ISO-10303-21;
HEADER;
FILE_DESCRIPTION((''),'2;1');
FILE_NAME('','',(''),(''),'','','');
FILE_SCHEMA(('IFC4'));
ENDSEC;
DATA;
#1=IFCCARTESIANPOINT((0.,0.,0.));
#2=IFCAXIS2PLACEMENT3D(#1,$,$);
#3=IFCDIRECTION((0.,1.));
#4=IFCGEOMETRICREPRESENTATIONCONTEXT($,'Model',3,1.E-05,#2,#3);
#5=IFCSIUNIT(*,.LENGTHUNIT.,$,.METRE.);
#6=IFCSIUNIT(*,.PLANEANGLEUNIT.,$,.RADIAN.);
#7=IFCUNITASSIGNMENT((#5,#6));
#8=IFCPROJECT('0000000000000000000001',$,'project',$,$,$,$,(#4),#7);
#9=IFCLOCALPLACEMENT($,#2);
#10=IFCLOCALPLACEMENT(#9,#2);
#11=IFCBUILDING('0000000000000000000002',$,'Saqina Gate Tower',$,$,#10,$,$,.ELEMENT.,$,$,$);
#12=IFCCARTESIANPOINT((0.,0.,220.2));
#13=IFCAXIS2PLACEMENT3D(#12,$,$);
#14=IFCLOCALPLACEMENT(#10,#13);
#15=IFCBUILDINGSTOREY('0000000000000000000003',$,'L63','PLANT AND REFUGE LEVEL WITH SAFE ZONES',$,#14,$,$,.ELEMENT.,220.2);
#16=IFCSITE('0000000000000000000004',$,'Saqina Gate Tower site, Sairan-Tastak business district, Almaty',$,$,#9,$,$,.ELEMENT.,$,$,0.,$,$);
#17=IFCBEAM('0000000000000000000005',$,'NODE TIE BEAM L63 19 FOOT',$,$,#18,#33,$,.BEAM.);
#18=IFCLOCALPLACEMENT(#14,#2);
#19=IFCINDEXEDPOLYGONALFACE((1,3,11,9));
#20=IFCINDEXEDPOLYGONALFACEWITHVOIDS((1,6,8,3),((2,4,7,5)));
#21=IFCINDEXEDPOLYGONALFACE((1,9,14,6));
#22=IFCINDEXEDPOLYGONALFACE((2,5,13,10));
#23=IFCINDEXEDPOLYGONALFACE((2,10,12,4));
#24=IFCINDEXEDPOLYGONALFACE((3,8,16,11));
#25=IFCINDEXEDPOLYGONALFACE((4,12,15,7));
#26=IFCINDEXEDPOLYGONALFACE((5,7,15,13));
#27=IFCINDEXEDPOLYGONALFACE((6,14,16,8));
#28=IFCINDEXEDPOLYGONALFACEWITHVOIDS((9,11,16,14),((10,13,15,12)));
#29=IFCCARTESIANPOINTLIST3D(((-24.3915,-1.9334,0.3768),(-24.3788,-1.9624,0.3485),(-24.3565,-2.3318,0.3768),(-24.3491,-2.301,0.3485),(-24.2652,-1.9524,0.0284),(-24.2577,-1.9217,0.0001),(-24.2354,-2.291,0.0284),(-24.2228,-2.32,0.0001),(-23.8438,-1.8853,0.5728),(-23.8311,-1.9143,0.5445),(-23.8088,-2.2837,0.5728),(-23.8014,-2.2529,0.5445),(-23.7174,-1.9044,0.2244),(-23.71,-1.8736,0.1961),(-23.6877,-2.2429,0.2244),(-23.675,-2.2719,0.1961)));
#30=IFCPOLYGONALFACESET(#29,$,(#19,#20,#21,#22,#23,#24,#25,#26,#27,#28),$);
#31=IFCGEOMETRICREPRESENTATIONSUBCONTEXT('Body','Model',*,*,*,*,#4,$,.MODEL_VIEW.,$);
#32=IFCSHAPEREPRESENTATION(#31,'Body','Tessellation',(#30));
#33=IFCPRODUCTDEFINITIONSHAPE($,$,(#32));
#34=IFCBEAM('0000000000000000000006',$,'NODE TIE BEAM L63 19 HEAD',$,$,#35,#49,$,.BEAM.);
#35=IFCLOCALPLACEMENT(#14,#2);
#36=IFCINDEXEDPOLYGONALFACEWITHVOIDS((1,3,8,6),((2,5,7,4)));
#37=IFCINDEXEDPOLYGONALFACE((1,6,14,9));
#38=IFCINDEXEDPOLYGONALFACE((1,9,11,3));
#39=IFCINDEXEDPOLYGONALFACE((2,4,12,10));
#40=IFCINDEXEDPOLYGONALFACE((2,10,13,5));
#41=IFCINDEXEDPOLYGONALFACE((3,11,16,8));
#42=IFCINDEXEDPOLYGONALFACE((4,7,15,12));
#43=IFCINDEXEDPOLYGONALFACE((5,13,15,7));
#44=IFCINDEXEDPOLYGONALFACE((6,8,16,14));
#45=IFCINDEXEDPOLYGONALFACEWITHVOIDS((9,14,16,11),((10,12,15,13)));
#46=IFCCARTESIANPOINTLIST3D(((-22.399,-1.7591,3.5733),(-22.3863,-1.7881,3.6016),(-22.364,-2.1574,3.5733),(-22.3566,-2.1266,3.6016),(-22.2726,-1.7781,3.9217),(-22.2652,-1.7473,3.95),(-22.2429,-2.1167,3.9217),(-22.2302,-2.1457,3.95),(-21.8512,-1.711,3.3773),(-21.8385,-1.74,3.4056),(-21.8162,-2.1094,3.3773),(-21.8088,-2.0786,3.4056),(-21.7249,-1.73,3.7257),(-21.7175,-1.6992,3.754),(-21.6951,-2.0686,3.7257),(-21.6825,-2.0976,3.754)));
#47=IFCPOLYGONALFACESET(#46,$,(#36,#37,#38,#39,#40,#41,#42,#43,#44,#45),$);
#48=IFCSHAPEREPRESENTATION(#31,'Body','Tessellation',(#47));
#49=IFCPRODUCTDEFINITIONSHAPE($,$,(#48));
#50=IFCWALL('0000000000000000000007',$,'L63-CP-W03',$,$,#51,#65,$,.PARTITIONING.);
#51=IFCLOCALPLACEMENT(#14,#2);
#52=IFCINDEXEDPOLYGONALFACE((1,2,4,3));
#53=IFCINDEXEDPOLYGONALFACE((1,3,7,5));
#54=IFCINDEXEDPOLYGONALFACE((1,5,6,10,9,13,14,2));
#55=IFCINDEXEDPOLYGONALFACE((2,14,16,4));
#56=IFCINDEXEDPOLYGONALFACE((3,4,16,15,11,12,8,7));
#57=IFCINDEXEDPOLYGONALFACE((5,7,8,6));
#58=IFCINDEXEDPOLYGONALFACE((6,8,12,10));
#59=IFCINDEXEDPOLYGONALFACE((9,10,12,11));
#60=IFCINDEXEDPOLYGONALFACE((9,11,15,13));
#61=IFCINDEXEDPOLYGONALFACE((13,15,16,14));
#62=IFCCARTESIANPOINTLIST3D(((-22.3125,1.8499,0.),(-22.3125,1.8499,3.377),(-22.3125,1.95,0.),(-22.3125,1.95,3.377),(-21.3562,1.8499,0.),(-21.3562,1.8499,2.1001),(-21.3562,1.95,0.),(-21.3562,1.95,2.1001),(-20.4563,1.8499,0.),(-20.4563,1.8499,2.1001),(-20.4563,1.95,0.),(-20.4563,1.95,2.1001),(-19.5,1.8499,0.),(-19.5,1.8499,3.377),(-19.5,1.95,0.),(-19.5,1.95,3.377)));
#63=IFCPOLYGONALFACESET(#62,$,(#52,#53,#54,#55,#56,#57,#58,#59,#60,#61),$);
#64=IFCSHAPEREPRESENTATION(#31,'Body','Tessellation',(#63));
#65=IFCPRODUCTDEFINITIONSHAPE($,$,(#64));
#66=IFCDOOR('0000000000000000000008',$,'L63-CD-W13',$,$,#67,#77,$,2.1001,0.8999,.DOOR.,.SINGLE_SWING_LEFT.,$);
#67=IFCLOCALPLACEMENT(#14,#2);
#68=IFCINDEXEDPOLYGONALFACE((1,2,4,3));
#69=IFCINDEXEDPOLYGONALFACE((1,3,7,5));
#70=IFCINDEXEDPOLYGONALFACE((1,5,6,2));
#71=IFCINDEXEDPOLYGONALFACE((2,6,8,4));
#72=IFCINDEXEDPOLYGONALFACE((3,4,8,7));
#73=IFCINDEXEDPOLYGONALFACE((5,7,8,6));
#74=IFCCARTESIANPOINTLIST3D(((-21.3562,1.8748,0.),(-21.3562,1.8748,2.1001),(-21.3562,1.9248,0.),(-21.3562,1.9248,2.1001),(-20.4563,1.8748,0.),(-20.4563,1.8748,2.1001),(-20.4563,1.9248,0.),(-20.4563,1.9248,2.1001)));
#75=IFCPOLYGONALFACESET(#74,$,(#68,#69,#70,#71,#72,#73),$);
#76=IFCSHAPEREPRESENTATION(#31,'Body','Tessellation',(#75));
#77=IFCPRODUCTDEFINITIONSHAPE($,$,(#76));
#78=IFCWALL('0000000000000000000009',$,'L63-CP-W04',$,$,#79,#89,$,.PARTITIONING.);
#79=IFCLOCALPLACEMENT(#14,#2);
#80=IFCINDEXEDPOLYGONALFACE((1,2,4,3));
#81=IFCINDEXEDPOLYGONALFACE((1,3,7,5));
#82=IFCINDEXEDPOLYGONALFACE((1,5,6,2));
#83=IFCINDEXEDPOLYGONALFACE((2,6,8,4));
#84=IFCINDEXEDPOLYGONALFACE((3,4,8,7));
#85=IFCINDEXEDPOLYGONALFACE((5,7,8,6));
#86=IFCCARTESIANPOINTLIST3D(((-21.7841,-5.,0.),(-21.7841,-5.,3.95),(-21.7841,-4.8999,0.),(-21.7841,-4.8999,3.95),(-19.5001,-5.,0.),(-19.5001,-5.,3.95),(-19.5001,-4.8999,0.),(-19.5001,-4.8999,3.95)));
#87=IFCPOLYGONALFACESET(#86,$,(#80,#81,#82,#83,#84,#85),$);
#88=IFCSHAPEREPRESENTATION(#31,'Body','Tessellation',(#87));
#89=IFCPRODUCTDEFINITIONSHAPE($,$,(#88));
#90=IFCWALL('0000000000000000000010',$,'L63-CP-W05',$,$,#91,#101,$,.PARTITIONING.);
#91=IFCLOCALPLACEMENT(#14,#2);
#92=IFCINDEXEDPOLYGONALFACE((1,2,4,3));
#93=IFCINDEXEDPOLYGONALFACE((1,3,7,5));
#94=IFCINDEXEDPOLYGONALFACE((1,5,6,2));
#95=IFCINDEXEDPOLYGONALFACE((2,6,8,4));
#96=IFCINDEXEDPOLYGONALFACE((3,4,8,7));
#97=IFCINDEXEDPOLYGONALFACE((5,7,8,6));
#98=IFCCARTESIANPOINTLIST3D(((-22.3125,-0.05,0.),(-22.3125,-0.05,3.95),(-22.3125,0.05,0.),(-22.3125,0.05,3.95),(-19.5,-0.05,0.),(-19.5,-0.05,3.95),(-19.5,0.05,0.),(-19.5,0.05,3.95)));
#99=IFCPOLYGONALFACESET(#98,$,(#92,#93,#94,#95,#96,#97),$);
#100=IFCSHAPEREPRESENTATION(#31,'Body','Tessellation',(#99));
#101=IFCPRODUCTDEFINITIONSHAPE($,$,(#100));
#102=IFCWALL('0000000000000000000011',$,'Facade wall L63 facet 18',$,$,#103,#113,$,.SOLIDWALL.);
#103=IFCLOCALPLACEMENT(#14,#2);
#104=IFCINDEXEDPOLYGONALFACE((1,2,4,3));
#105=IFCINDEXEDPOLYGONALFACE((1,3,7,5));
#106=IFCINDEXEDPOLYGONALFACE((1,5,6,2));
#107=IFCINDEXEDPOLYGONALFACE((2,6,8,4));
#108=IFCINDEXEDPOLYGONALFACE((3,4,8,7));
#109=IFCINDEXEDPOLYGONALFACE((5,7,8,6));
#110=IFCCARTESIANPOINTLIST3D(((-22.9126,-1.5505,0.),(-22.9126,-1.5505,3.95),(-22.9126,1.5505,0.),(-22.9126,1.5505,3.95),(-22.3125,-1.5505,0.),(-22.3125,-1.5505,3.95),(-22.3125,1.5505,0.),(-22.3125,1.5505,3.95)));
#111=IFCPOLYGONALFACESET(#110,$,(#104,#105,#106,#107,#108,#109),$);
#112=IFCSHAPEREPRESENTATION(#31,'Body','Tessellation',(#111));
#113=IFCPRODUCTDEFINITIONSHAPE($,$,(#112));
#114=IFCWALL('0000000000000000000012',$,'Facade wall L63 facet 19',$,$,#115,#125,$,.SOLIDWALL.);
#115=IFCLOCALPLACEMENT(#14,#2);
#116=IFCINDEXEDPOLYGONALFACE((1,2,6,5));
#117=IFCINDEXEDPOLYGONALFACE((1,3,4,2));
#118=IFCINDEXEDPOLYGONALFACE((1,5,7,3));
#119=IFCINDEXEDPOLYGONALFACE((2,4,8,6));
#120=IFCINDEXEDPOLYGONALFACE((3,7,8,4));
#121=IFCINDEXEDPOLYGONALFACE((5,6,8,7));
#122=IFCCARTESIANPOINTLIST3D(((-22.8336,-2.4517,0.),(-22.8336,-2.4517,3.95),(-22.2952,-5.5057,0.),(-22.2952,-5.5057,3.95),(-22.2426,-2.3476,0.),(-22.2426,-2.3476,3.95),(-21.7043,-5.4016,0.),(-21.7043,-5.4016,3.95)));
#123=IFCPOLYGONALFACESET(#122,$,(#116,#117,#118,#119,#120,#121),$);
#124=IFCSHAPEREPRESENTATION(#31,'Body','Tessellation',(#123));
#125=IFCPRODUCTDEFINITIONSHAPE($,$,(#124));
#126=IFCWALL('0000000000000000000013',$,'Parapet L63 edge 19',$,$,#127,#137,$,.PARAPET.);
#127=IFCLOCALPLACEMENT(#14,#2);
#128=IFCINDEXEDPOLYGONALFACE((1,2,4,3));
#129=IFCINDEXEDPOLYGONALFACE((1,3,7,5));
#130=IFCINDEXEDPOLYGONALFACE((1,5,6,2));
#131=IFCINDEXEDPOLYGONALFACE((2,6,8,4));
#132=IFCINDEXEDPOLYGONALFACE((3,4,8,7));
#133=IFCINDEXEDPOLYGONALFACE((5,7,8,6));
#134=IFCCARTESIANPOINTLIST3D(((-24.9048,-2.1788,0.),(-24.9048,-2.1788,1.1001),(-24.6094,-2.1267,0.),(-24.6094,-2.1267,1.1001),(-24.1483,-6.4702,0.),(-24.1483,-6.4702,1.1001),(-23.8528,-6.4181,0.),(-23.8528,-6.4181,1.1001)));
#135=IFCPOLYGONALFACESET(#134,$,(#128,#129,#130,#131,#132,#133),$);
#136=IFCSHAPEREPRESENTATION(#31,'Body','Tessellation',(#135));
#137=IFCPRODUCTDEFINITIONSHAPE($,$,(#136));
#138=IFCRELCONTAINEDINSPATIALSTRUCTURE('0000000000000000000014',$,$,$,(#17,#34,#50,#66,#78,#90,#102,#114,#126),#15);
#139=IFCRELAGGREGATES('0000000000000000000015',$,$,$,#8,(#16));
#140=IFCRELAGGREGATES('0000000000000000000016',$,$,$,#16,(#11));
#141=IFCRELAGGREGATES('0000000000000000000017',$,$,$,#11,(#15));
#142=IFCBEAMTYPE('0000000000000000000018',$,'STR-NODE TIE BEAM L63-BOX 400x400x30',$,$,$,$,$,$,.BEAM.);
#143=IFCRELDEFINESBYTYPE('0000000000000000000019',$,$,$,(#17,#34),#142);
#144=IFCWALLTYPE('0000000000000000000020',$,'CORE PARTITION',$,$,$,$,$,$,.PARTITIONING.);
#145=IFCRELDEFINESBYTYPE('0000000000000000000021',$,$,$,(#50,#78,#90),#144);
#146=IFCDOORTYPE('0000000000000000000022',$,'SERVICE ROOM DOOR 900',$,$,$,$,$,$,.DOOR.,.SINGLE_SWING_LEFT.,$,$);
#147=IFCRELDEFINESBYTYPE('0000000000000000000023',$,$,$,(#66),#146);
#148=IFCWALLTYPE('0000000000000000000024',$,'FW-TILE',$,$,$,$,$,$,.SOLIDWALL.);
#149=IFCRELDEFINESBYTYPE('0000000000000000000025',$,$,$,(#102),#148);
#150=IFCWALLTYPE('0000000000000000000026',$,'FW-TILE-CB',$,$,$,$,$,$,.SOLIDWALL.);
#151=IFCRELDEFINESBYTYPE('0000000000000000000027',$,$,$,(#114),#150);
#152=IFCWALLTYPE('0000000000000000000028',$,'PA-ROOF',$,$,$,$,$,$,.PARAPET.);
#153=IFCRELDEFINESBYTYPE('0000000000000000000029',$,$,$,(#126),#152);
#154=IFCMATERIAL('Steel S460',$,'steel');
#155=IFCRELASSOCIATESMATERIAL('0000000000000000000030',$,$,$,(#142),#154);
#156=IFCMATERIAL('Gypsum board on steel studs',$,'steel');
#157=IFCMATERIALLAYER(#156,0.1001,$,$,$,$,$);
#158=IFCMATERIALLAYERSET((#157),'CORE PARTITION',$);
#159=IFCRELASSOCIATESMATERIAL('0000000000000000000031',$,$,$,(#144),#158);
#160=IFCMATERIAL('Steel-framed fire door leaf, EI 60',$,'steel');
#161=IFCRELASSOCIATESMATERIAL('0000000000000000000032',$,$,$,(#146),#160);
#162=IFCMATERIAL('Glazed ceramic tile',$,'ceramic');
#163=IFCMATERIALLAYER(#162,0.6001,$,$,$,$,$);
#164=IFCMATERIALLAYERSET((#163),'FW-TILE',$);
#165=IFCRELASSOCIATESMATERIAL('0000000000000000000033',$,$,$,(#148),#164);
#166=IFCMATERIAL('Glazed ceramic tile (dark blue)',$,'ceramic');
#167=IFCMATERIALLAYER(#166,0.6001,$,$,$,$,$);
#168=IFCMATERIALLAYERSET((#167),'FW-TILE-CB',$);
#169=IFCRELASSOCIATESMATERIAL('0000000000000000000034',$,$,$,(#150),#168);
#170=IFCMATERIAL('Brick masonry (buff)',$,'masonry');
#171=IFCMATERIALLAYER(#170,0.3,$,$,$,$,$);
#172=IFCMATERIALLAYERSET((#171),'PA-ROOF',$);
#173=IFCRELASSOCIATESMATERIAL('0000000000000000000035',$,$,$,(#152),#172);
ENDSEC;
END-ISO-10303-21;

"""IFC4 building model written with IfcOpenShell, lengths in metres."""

from ifc_helpers import new_model, si_unit, direction, frame, frame_2d, origin, origin_2d, place, context, subcontext, project, spatial, rectangle, hollow_rectangle, extrude, material, layer, layer_set, material_profile, profile_set, type_object, element, fill, save


model = new_model("IFC4")

# Units and contexts
model_context = context("Model", 3, precision=1e-05, world=origin(), true_north=direction((0.0, 1.0)))
body_context = subcontext(model_context, "Body", "Model", "MODEL_VIEW")
ifc_project = project(units=[si_unit("LENGTHUNIT", "METRE"), si_unit("PLANEANGLEUNIT", "RADIAN")], contexts=[model_context])

# Site, building, storey
site_placement = place(None, origin())
site = spatial("IfcSite", under=ifc_project, at=site_placement, Name="Saqina Gate Tower site, Sairan-Tastak business district, Almaty", CompositionType="ELEMENT", RefElevation=0.0)
building_placement = place(site_placement, origin())
building = spatial("IfcBuilding", under=site, at=building_placement, Name="Saqina Gate Tower", CompositionType="ELEMENT")
storey_placement = place(building_placement, frame((0.0, 0.0, 220.2)))
storey = spatial("IfcBuildingStorey", under=building, at=storey_placement, Name="L63", Description="PLANT AND REFUGE LEVEL WITH SAFE ZONES", CompositionType="ELEMENT", Elevation=220.2)

# Beams
ifc_material_1 = material(Name="Steel S460", Category="steel")
ifc_material_profile_1 = material_profile(ifc_material_1, hollow_rectangle(XDim=0.3999, YDim=0.3999, WallThickness=0.03, at=origin_2d()), Name="BOX 400x400x30")
ifc_profile_set_1 = profile_set([ifc_material_profile_1], Name="Steel S460")
beam_type = type_object("IfcBeamType", Name="STR-NODE TIE BEAM L63-BOX 400x400x30", PredefinedType="BEAM", material=ifc_profile_set_1)
for number, where, z_axis, x_axis, name in (
    (1, (-24.3071, -2.1267, 0.1885), (0.938333, 0.082376, 0.335776), (-0.087453, 0.996169, 0.0), "NODE TIE BEAM L63 19 FOOT"),
    (2, (-21.7668, -1.9043, 3.5657), (-0.938333, -0.082376, 0.335776), (0.087453, -0.996169, 0.0), "NODE TIE BEAM L63 19 HEAD"),
):
    element("IfcBeam", number, at=place(storey_placement, frame(where, z_axis=z_axis, x_axis=x_axis)), inside=storey, type_object=beam_type, Name=name, PredefinedType="BEAM", context=body_context, shape_type="SweptSolid", body=[
        extrude(hollow_rectangle(XDim=0.3999, YDim=0.3999, WallThickness=0.03, at=origin_2d()), origin(), (0.0, 0.0, 1.0), 0.5837),
    ])

# Wall, opening, door
ifc_material_2 = material(Name="Gypsum board on steel studs", Category="steel")
ifc_layer_1 = layer(ifc_material_2, 0.1001)
ifc_layer_set_1 = layer_set([ifc_layer_1], Name="CORE PARTITION")
wall_type_1 = type_object("IfcWallType", Name="CORE PARTITION", PredefinedType="PARTITIONING", material=ifc_layer_set_1)
wall_1_placement = place(storey_placement, frame((-19.5, 1.8999, 0.0), z_axis=(0.0, 0.0, 1.0), x_axis=(-1.0, 0.0, 0.0)))
wall_1 = element("IfcWall", 3, at=wall_1_placement, inside=storey, type_object=wall_type_1, Name="L63-CP-W03", PredefinedType="PARTITIONING", context=body_context, shape_type="SweptSolid", body=[
    extrude(rectangle(XDim=2.8125, YDim=0.1001, at=frame_2d((1.4062, 0.0))), origin(), (0.0, 0.0, 1.0), 3.377),
])
opening_placement = place(wall_1_placement, frame((0.9563, 0.0, 0.0)))
opening = element("IfcOpeningElement", 4, at=opening_placement, cuts=wall_1, PredefinedType="OPENING", context=body_context, shape_type="SweptSolid", body=[
    extrude(rectangle(XDim=0.8999, YDim=2.1001, at=frame_2d((0.45, 1.05))), frame((0.0, 0.062, 0.0), z_axis=(0.0, -1.0, 0.0), x_axis=(1.0, 0.0, 0.0)), (0.0, 0.0, 1.0), 0.124),
])
ifc_material_3 = material(Name="Steel-framed fire door leaf, EI 60", Category="steel")
door_type = type_object("IfcDoorType", Name="SERVICE ROOM DOOR 900", OperationType="SINGLE_SWING_LEFT", PredefinedType="DOOR", material=ifc_material_3)
door_placement = place(opening_placement, frame((0.8999, 0.0, 0.0), z_axis=(0.0, 0.0, 1.0), x_axis=(-1.0, 0.0, 0.0)))
door = element("IfcDoor", 5, at=door_placement, inside=storey, type_object=door_type, Name="L63-CD-W13", OperationType="SINGLE_SWING_LEFT", OverallHeight=2.1001, OverallWidth=0.8999, PredefinedType="DOOR", context=body_context, shape_type="SweptSolid", body=[
    extrude(rectangle(XDim=0.8999, YDim=2.1001, at=frame_2d((0.45, 1.05))), frame((0.0, 0.0249, 0.0), z_axis=(0.0, -1.0, 0.0), x_axis=(1.0, 0.0, 0.0)), (0.0, 0.0, 1.0), 0.05),
])
fill(opening, door)

# Walls
wall_2_placement = place(storey_placement, frame((-19.5, -4.95, 0.0), z_axis=(0.0, 0.0, 1.0), x_axis=(-1.0, 0.0, 0.0)))
element("IfcWall", 6, at=wall_2_placement, inside=storey, type_object=wall_type_1, Name="L63-CP-W04", PredefinedType="PARTITIONING", context=body_context, shape_type="SweptSolid", body=[
    extrude(rectangle(XDim=2.2839, YDim=0.1001, at=frame_2d((1.1421, 0.0))), origin(), (0.0, 0.0, 1.0), 3.95),
])
wall_3_placement = place(storey_placement, frame((-19.5, 0.0, 0.0), z_axis=(0.0, 0.0, 1.0), x_axis=(-1.0, 0.0, 0.0)))
element("IfcWall", 7, at=wall_3_placement, inside=storey, type_object=wall_type_1, Name="L63-CP-W05", PredefinedType="PARTITIONING", context=body_context, shape_type="SweptSolid", body=[
    extrude(rectangle(XDim=2.8125, YDim=0.1001, at=frame_2d((1.4062, 0.0))), origin(), (0.0, 0.0, 1.0), 3.95),
])
ifc_material_4 = material(Name="Glazed ceramic tile", Category="ceramic")
ifc_layer_2 = layer(ifc_material_4, 0.6001)
ifc_layer_set_2 = layer_set([ifc_layer_2], Name="FW-TILE")
wall_type_2 = type_object("IfcWallType", Name="FW-TILE", PredefinedType="SOLIDWALL", material=ifc_layer_set_2)
wall_4_placement = place(storey_placement, frame((-22.6125, 1.5505, 0.0), z_axis=(0.0, 0.0, 1.0), x_axis=(0.0, -1.0, 0.0)))
element("IfcWall", 8, at=wall_4_placement, inside=storey, type_object=wall_type_2, Name="Facade wall L63 facet 18", PredefinedType="SOLIDWALL", context=body_context, shape_type="SweptSolid", body=[
    extrude(rectangle(XDim=3.1011, YDim=0.6001, at=frame_2d((1.5505, 0.0))), origin(), (0.0, 0.0, 1.0), 3.95),
])
ifc_material_5 = material(Name="Glazed ceramic tile (dark blue)", Category="ceramic")
ifc_layer_3 = layer(ifc_material_5, 0.6001)
ifc_layer_set_3 = layer_set([ifc_layer_3], Name="FW-TILE-CB")
wall_type_3 = type_object("IfcWallType", Name="FW-TILE-CB", PredefinedType="SOLIDWALL", material=ifc_layer_set_3)
wall_5_placement = place(storey_placement, frame((-22.5381, -2.3997, 0.0), z_axis=(0.0, 0.0, 1.0), x_axis=(0.173597, -0.984817, 0.0)))
element("IfcWall", 9, at=wall_5_placement, inside=storey, type_object=wall_type_3, Name="Facade wall L63 facet 19", PredefinedType="SOLIDWALL", context=body_context, shape_type="SweptSolid", body=[
    extrude(rectangle(XDim=3.1011, YDim=0.6001, at=frame_2d((1.5505, 0.0))), origin(), (0.0, 0.0, 1.0), 3.95),
])
ifc_material_6 = material(Name="Brick masonry (buff)", Category="masonry")
ifc_layer_4 = layer(ifc_material_6, 0.3)
ifc_layer_set_4 = layer_set([ifc_layer_4], Name="PA-ROOF")
wall_type_4 = type_object("IfcWallType", Name="PA-ROOF", PredefinedType="PARAPET", material=ifc_layer_set_4)
wall_6_placement = place(storey_placement, frame((-24.7571, -2.1528, 0.0), z_axis=(0.0, 0.0, 1.0), x_axis=(0.173622, -0.984812, 0.0)))
element("IfcWall", 10, at=wall_6_placement, inside=storey, type_object=wall_type_4, Name="Parapet L63 edge 19", PredefinedType="PARAPET", context=body_context, shape_type="SweptSolid", body=[
    extrude(rectangle(XDim=4.3577, YDim=0.3, at=frame_2d((2.1787, 0.0))), origin(), (0.0, 0.0, 1.0), 1.1001),
])

save(model, "model.ifc")
